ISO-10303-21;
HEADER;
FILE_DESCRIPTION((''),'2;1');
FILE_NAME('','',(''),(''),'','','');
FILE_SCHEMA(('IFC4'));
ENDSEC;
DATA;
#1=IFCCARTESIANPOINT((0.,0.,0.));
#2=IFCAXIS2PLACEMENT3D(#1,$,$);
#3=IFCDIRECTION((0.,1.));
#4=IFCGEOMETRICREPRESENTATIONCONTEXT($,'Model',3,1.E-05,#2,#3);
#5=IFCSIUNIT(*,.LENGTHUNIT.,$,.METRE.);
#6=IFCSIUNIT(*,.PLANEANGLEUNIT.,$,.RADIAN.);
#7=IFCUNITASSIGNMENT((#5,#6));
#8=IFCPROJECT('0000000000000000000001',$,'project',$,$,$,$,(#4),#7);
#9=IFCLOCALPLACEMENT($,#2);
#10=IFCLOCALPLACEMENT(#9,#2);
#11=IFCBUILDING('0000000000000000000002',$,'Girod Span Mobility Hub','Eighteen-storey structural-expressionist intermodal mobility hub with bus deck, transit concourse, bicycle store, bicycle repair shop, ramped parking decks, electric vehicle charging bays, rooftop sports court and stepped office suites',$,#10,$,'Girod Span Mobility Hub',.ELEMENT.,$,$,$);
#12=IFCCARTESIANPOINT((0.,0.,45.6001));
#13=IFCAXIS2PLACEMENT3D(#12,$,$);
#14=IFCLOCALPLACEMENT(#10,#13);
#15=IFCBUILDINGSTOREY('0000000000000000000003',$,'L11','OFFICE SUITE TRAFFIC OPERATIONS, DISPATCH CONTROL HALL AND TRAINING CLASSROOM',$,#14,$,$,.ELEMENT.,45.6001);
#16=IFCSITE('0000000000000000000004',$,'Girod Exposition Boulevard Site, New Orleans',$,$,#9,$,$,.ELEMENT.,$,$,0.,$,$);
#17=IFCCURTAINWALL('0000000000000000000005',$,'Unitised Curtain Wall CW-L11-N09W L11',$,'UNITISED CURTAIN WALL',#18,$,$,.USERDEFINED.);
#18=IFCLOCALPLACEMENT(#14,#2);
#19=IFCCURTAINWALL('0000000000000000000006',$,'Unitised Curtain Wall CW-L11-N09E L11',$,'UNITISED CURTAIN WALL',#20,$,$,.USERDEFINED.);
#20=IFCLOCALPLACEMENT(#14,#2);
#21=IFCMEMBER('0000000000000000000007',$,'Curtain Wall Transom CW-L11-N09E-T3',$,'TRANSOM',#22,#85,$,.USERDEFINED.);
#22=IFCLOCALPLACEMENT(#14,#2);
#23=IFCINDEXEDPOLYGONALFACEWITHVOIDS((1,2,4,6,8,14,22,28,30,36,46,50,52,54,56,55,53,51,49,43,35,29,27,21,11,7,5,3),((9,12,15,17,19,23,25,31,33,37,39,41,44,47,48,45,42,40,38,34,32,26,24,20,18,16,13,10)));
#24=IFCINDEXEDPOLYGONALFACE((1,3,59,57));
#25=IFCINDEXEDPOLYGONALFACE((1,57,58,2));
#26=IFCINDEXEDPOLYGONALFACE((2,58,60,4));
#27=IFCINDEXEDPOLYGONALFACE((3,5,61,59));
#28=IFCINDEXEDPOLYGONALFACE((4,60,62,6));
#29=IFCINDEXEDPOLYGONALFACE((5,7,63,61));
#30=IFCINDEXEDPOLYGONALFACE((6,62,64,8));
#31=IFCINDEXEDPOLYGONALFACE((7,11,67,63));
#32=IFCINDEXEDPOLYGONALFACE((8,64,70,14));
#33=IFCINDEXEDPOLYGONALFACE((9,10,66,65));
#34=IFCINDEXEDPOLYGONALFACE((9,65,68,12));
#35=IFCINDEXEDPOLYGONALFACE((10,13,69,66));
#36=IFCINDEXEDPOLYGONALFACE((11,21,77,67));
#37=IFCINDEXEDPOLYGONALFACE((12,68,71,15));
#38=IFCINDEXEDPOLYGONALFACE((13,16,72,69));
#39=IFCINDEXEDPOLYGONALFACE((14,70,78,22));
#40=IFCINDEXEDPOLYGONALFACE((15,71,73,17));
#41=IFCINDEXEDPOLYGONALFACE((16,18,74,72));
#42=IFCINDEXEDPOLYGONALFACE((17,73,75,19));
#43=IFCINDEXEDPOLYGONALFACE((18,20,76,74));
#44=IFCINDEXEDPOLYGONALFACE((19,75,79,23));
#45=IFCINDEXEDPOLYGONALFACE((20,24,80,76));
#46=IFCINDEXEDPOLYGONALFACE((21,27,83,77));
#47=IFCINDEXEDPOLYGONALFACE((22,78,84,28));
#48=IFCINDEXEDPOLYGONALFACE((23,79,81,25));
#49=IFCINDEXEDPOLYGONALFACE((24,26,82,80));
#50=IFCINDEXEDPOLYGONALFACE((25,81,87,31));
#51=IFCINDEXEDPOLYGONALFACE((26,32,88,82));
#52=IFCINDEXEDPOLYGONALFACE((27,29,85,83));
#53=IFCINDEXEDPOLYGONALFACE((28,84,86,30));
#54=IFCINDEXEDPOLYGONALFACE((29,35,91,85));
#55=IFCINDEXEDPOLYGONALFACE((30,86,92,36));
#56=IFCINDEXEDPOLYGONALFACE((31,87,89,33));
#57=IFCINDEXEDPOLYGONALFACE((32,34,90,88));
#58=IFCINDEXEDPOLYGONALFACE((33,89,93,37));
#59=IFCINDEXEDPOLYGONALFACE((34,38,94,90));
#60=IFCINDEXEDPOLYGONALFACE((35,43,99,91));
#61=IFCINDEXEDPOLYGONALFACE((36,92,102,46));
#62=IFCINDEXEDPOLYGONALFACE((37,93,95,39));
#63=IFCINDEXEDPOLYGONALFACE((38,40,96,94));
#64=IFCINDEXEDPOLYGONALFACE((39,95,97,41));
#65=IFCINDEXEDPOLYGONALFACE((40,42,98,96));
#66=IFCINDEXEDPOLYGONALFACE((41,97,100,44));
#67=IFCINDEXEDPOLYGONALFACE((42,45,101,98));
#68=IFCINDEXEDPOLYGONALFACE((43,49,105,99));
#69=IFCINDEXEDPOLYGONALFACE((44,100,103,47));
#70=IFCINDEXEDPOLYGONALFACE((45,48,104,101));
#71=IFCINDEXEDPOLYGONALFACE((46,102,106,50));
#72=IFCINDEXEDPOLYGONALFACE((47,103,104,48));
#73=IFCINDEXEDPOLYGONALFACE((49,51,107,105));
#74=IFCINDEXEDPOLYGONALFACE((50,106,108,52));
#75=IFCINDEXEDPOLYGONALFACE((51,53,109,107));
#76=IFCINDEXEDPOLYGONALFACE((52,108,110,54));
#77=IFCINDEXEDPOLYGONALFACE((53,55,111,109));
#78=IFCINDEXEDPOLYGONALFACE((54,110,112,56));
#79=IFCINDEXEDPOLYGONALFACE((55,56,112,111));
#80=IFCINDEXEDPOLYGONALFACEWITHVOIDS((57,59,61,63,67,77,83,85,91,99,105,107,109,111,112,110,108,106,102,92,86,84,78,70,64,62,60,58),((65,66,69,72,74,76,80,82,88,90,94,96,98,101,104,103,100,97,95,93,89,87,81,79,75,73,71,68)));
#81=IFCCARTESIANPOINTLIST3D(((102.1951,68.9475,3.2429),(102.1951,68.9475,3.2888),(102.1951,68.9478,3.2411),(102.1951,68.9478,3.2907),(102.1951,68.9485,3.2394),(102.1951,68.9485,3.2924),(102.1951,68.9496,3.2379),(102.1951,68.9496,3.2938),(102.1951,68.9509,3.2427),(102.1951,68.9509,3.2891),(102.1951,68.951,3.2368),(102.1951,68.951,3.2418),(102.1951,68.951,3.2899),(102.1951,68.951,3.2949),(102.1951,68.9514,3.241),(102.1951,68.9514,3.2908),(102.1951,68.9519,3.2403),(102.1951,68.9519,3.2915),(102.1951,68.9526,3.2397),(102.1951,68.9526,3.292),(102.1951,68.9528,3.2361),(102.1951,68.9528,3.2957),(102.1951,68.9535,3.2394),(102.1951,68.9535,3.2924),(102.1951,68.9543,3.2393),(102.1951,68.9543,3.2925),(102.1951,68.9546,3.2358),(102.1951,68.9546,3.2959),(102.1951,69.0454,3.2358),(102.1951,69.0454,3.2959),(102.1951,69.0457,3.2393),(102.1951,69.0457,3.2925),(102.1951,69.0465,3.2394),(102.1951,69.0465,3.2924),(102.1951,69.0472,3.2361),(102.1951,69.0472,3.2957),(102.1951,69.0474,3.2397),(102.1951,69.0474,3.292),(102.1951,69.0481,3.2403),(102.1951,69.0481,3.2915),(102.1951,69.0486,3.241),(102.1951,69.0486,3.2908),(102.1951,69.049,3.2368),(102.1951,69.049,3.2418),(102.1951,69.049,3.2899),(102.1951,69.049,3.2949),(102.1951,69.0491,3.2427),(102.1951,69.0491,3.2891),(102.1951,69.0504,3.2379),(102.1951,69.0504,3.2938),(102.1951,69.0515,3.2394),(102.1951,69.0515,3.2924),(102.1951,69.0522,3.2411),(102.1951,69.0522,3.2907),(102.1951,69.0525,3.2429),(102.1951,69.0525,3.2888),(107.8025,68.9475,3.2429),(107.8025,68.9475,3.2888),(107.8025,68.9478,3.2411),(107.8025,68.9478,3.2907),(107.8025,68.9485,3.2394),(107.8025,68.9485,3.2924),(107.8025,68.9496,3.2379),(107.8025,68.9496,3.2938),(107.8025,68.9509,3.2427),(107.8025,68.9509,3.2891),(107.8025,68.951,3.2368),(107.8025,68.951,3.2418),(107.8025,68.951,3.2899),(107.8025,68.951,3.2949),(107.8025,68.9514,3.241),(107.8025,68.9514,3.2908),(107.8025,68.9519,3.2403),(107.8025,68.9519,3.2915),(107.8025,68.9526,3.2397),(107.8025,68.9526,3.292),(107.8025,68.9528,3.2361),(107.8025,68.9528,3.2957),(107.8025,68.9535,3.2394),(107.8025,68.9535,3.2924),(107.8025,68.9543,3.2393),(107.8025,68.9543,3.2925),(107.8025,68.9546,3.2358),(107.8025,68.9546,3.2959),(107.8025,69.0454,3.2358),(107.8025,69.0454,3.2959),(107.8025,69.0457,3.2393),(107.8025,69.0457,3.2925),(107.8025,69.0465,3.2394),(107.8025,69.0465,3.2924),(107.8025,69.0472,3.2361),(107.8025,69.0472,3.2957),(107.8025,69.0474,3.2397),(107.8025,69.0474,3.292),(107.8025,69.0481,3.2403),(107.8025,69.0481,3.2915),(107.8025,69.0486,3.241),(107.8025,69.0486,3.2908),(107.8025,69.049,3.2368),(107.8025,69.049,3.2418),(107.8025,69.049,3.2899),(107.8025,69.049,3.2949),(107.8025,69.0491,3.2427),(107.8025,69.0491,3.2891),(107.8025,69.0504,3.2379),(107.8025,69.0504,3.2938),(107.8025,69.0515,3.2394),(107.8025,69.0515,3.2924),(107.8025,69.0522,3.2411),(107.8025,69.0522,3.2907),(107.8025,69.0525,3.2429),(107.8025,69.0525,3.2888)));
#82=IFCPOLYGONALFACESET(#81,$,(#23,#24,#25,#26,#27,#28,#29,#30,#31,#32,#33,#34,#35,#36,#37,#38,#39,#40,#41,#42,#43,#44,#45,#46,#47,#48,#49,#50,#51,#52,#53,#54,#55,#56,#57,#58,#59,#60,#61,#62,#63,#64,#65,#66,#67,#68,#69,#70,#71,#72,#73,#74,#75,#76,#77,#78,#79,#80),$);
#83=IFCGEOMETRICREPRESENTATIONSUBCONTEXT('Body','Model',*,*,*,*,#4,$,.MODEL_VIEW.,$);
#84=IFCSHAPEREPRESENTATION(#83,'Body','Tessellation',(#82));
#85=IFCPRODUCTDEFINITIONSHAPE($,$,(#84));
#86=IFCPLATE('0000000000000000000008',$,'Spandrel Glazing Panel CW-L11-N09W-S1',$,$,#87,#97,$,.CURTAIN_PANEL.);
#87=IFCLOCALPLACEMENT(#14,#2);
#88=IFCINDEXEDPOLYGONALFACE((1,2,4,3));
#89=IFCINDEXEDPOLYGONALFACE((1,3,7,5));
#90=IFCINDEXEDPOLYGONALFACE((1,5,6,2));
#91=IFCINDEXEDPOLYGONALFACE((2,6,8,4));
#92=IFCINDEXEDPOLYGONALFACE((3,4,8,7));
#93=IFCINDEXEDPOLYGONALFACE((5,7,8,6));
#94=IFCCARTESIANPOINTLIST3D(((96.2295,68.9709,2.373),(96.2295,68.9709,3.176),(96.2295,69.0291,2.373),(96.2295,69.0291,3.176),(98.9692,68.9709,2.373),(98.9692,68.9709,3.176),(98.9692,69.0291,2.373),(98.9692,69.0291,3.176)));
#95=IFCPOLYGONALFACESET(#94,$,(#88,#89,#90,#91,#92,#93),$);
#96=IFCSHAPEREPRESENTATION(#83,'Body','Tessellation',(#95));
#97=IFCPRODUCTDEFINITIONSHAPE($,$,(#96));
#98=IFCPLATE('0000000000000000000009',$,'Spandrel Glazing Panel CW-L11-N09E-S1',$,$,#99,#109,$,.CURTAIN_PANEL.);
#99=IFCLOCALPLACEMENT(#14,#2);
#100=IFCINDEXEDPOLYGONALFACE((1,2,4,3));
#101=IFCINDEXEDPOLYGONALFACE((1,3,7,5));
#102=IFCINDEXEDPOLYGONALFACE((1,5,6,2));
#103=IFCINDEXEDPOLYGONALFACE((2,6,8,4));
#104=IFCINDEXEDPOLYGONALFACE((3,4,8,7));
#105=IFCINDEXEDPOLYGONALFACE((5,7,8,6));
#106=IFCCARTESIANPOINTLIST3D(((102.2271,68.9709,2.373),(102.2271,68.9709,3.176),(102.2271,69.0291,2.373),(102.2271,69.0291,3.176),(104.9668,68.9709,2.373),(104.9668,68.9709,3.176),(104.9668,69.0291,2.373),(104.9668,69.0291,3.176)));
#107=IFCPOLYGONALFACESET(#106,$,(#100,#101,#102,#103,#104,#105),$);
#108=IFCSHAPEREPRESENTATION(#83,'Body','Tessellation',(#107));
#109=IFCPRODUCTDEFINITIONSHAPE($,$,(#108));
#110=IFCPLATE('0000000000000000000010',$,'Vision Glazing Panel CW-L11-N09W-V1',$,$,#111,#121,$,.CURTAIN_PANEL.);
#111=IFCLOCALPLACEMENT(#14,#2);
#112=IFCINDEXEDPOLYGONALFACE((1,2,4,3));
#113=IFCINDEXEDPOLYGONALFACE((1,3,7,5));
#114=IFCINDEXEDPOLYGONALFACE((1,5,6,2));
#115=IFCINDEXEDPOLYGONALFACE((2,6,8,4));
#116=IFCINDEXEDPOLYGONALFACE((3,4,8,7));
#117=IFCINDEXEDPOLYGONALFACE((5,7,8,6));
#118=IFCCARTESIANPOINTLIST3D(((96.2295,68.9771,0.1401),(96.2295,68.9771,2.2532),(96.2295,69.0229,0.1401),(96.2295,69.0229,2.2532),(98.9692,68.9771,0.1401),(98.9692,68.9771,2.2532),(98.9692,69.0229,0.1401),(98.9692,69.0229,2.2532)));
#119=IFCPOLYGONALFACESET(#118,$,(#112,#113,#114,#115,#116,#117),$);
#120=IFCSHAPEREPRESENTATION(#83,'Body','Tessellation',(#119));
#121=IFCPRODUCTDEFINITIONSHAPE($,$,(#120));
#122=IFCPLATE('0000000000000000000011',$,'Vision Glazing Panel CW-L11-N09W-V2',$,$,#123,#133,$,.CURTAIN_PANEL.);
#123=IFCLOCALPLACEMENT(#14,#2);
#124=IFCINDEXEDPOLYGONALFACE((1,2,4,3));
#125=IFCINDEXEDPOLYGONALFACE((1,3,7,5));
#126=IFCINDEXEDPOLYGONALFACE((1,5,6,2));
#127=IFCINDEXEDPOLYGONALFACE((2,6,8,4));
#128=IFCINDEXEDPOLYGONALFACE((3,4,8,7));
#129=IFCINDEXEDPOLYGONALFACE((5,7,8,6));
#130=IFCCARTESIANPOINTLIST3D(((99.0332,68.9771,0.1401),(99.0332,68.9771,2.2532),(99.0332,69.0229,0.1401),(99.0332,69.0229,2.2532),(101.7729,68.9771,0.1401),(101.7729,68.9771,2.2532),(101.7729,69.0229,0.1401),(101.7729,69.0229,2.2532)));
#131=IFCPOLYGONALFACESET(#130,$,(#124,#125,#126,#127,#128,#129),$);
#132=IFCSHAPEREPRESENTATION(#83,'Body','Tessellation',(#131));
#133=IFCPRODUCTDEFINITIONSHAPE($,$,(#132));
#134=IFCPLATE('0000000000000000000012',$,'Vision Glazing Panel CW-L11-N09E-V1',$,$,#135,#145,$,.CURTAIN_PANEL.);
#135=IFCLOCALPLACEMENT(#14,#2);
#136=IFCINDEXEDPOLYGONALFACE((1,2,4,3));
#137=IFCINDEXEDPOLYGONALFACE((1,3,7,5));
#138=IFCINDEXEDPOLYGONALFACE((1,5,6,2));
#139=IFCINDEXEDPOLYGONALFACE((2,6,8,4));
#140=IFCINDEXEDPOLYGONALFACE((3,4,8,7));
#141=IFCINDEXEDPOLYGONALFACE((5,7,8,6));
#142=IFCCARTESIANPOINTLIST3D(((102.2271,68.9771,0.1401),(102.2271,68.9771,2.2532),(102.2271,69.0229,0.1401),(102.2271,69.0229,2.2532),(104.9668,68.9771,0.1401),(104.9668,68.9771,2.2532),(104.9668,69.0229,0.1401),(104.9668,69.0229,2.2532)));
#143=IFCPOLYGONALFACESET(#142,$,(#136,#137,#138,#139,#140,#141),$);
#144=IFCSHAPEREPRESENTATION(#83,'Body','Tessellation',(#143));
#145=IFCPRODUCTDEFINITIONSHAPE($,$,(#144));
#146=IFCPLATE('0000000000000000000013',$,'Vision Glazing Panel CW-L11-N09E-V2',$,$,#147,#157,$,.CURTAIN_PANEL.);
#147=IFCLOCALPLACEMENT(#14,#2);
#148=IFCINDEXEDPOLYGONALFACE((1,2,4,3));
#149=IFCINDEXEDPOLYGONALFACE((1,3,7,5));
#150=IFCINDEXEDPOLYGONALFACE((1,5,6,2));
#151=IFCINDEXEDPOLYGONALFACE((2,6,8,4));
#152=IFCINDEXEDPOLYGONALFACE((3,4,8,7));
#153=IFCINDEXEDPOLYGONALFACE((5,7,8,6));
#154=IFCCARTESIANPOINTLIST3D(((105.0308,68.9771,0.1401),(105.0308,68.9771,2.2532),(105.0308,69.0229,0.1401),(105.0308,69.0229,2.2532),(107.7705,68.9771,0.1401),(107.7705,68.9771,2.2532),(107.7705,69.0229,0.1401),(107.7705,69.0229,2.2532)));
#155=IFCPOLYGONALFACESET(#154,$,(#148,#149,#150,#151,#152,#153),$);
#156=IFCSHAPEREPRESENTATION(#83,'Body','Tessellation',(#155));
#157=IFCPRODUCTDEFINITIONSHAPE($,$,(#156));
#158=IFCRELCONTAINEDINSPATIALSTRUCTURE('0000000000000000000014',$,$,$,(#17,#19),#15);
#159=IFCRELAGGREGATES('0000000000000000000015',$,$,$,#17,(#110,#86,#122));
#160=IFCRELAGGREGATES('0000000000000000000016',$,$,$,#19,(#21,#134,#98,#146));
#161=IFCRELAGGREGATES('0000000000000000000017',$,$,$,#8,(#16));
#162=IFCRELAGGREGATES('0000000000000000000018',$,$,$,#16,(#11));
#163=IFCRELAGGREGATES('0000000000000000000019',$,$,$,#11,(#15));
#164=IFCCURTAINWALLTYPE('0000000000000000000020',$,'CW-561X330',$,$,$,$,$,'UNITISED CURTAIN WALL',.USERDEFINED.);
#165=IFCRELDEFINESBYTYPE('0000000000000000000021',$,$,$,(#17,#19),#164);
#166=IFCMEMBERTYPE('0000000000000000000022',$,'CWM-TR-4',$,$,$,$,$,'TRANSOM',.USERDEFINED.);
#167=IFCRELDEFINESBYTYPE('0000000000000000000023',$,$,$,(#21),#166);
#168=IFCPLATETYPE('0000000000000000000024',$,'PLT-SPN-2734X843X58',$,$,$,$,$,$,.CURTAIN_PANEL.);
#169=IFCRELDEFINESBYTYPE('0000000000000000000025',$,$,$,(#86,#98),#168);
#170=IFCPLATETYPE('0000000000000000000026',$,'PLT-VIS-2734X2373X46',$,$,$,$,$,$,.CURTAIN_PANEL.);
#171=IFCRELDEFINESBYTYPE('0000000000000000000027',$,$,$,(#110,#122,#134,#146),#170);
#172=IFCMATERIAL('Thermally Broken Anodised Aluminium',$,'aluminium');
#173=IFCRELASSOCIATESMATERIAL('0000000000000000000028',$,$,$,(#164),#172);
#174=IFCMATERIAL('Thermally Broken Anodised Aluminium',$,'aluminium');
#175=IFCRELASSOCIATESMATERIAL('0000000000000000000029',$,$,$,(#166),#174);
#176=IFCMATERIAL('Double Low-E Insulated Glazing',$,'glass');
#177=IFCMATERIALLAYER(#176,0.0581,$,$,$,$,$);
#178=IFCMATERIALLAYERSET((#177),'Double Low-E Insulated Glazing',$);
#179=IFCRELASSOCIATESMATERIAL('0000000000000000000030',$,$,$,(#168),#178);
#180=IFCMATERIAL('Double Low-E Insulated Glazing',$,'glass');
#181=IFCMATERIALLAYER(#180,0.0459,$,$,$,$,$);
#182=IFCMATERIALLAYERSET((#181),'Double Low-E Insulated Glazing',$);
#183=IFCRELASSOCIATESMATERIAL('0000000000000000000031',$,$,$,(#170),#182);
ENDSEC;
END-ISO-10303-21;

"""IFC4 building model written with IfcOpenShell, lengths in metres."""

from ifc_helpers import new_model, si_unit, direction, frame, origin, origin_2d, place, context, subcontext, project, spatial, rectangle, hollow_rectangle, extrude, material, layer, layer_set, material_profile, profile_set, type_object, element, aggregate, save


model = new_model("IFC4")

# Units and contexts
model_context = context("Model", 3, precision=1e-05, world=origin(), true_north=direction((0.0, 1.0)))
body_context = subcontext(model_context, "Body", "Model", "MODEL_VIEW")
ifc_project = project(units=[si_unit("LENGTHUNIT", "METRE"), si_unit("PLANEANGLEUNIT", "RADIAN")], contexts=[model_context])

# Site, building, storey
site_placement = place(None, origin())
site = spatial("IfcSite", under=ifc_project, at=site_placement, Name="Girod Exposition Boulevard Site, New Orleans", CompositionType="ELEMENT", RefElevation=0.0)
building_placement = place(site_placement, origin())
building = spatial("IfcBuilding", under=site, at=building_placement, Name="Girod Span Mobility Hub", Description="Eighteen-storey structural-expressionist intermodal mobility hub with bus deck, transit concourse, bicycle store, bicycle repair shop, ramped parking decks, electric vehicle charging bays, rooftop sports court and stepped office suites", LongName="Girod Span Mobility Hub", CompositionType="ELEMENT")
storey_placement = place(building_placement, frame((0.0, 0.0, 45.6001)))
storey = spatial("IfcBuildingStorey", under=building, at=storey_placement, Name="L11", Description="OFFICE SUITE TRAFFIC OPERATIONS, DISPATCH CONTROL HALL AND TRAINING CLASSROOM", CompositionType="ELEMENT", Elevation=45.6001)

# Curtain walls
ifc_material_1 = material(Name="Thermally Broken Anodised Aluminium", Category="aluminium")
curtain_wall_type = type_object("IfcCurtainWallType", Name="CW-561X330", ElementType="UNITISED CURTAIN WALL", PredefinedType="USERDEFINED", material=ifc_material_1)
curtain_wall_1_placement = place(storey_placement, origin())
curtain_wall_1 = element("IfcCurtainWall", 1, at=curtain_wall_1_placement, inside=storey, type_object=curtain_wall_type, Name="Unitised Curtain Wall CW-L11-N09W L11", ObjectType="UNITISED CURTAIN WALL", PredefinedType="USERDEFINED")
curtain_wall_2_placement = place(storey_placement, origin())
curtain_wall_2 = element("IfcCurtainWall", 2, at=curtain_wall_2_placement, inside=storey, type_object=curtain_wall_type, Name="Unitised Curtain Wall CW-L11-N09E L11", ObjectType="UNITISED CURTAIN WALL", PredefinedType="USERDEFINED")

# Member
ifc_material_2 = material(Name="Thermally Broken Anodised Aluminium", Category="aluminium")
ifc_material_profile_1 = material_profile(ifc_material_2, hollow_rectangle(XDim=0.105, YDim=0.0601, WallThickness=0.0034, InnerFilletRadius=0.0034, OuterFilletRadius=0.0071, at=origin_2d()), Name="CW-TR-60X105")
ifc_profile_set_1 = profile_set([ifc_material_profile_1], Name="Thermally Broken Anodised Aluminium")
member_type_1 = type_object("IfcMemberType", Name="CWM-TR-4", ElementType="TRANSOM", PredefinedType="USERDEFINED", material=ifc_profile_set_1)
member_1_placement = place(storey_placement, frame((102.1951, 69.0, 3.2659), z_axis=(1.0, 0.0, 0.0), x_axis=(0.0, 1.0, 0.0)))
member_1 = element("IfcMember", 3, at=member_1_placement, type_object=member_type_1, Name="Curtain Wall Transom CW-L11-N09E-T3", ObjectType="TRANSOM", PredefinedType="USERDEFINED", context=body_context, shape_type="SweptSolid", body=[
    extrude(hollow_rectangle(XDim=0.105, YDim=0.0601, WallThickness=0.0034, InnerFilletRadius=0.0034, OuterFilletRadius=0.0071, at=origin_2d()), origin(), (0.0, 0.0, 1.0), 5.6074),
])

# Plates
ifc_material_3 = material(Name="Double Low-E Insulated Glazing", Category="glass")
ifc_layer_1 = layer(ifc_material_3, 0.0581)
ifc_layer_set_1 = layer_set([ifc_layer_1], Name="Double Low-E Insulated Glazing")
plate_type_1 = type_object("IfcPlateType", Name="PLT-SPN-2734X843X58", PredefinedType="CURTAIN_PANEL", material=ifc_layer_set_1)
plate_1_placement = place(storey_placement, frame((97.5994, 69.0, 2.373), z_axis=(0.0, 0.0, 1.0), x_axis=(1.0, 0.0, 0.0)))
plate_1 = element("IfcPlate", 4, at=plate_1_placement, type_object=plate_type_1, Name="Spandrel Glazing Panel CW-L11-N09W-S1", PredefinedType="CURTAIN_PANEL", context=body_context, shape_type="SweptSolid", body=[
    extrude(rectangle(XDim=2.7397, YDim=0.0581, at=origin_2d()), origin(), (0.0, 0.0, 1.0), 0.803),
])
plate_2_placement = place(storey_placement, frame((103.5969, 69.0, 2.373), z_axis=(0.0, 0.0, 1.0), x_axis=(1.0, 0.0, 0.0)))
plate_2 = element("IfcPlate", 5, at=plate_2_placement, type_object=plate_type_1, Name="Spandrel Glazing Panel CW-L11-N09E-S1", PredefinedType="CURTAIN_PANEL", context=body_context, shape_type="SweptSolid", body=[
    extrude(rectangle(XDim=2.7397, YDim=0.0581, at=origin_2d()), origin(), (0.0, 0.0, 1.0), 0.803),
])
ifc_material_4 = material(Name="Double Low-E Insulated Glazing", Category="glass")
ifc_layer_2 = layer(ifc_material_4, 0.0459)
ifc_layer_set_2 = layer_set([ifc_layer_2], Name="Double Low-E Insulated Glazing")
plate_type_2 = type_object("IfcPlateType", Name="PLT-VIS-2734X2373X46", PredefinedType="CURTAIN_PANEL", material=ifc_layer_set_2)
plate_3_placement = place(storey_placement, frame((97.5994, 69.0, 0.1401), z_axis=(0.0, 0.0, 1.0), x_axis=(1.0, 0.0, 0.0)))
plate_3 = element("IfcPlate", 6, at=plate_3_placement, type_object=plate_type_2, Name="Vision Glazing Panel CW-L11-N09W-V1", PredefinedType="CURTAIN_PANEL", context=body_context, shape_type="SweptSolid", body=[
    extrude(rectangle(XDim=2.7397, YDim=0.0459, at=origin_2d()), origin(), (0.0, 0.0, 1.0), 2.113),
])
plate_4_placement = place(storey_placement, frame((100.4031, 69.0, 0.1401), z_axis=(0.0, 0.0, 1.0), x_axis=(1.0, 0.0, 0.0)))
plate_4 = element("IfcPlate", 7, at=plate_4_placement, type_object=plate_type_2, Name="Vision Glazing Panel CW-L11-N09W-V2", PredefinedType="CURTAIN_PANEL", context=body_context, shape_type="SweptSolid", body=[
    extrude(rectangle(XDim=2.7397, YDim=0.0459, at=origin_2d()), origin(), (0.0, 0.0, 1.0), 2.113),
])
aggregate(curtain_wall_1, [plate_3, plate_1, plate_4])
plate_5_placement = place(storey_placement, frame((103.5969, 69.0, 0.1401), z_axis=(0.0, 0.0, 1.0), x_axis=(1.0, 0.0, 0.0)))
plate_5 = element("IfcPlate", 8, at=plate_5_placement, type_object=plate_type_2, Name="Vision Glazing Panel CW-L11-N09E-V1", PredefinedType="CURTAIN_PANEL", context=body_context, shape_type="SweptSolid", body=[
    extrude(rectangle(XDim=2.7397, YDim=0.0459, at=origin_2d()), origin(), (0.0, 0.0, 1.0), 2.113),
])
plate_6_placement = place(storey_placement, frame((106.4006, 69.0, 0.1401), z_axis=(0.0, 0.0, 1.0), x_axis=(1.0, 0.0, 0.0)))
plate_6 = element("IfcPlate", 9, at=plate_6_placement, type_object=plate_type_2, Name="Vision Glazing Panel CW-L11-N09E-V2", PredefinedType="CURTAIN_PANEL", context=body_context, shape_type="SweptSolid", body=[
    extrude(rectangle(XDim=2.7397, YDim=0.0459, at=origin_2d()), origin(), (0.0, 0.0, 1.0), 2.113),
])
aggregate(curtain_wall_2, [member_1, plate_5, plate_2, plate_6])

save(model, "model.ifc")
